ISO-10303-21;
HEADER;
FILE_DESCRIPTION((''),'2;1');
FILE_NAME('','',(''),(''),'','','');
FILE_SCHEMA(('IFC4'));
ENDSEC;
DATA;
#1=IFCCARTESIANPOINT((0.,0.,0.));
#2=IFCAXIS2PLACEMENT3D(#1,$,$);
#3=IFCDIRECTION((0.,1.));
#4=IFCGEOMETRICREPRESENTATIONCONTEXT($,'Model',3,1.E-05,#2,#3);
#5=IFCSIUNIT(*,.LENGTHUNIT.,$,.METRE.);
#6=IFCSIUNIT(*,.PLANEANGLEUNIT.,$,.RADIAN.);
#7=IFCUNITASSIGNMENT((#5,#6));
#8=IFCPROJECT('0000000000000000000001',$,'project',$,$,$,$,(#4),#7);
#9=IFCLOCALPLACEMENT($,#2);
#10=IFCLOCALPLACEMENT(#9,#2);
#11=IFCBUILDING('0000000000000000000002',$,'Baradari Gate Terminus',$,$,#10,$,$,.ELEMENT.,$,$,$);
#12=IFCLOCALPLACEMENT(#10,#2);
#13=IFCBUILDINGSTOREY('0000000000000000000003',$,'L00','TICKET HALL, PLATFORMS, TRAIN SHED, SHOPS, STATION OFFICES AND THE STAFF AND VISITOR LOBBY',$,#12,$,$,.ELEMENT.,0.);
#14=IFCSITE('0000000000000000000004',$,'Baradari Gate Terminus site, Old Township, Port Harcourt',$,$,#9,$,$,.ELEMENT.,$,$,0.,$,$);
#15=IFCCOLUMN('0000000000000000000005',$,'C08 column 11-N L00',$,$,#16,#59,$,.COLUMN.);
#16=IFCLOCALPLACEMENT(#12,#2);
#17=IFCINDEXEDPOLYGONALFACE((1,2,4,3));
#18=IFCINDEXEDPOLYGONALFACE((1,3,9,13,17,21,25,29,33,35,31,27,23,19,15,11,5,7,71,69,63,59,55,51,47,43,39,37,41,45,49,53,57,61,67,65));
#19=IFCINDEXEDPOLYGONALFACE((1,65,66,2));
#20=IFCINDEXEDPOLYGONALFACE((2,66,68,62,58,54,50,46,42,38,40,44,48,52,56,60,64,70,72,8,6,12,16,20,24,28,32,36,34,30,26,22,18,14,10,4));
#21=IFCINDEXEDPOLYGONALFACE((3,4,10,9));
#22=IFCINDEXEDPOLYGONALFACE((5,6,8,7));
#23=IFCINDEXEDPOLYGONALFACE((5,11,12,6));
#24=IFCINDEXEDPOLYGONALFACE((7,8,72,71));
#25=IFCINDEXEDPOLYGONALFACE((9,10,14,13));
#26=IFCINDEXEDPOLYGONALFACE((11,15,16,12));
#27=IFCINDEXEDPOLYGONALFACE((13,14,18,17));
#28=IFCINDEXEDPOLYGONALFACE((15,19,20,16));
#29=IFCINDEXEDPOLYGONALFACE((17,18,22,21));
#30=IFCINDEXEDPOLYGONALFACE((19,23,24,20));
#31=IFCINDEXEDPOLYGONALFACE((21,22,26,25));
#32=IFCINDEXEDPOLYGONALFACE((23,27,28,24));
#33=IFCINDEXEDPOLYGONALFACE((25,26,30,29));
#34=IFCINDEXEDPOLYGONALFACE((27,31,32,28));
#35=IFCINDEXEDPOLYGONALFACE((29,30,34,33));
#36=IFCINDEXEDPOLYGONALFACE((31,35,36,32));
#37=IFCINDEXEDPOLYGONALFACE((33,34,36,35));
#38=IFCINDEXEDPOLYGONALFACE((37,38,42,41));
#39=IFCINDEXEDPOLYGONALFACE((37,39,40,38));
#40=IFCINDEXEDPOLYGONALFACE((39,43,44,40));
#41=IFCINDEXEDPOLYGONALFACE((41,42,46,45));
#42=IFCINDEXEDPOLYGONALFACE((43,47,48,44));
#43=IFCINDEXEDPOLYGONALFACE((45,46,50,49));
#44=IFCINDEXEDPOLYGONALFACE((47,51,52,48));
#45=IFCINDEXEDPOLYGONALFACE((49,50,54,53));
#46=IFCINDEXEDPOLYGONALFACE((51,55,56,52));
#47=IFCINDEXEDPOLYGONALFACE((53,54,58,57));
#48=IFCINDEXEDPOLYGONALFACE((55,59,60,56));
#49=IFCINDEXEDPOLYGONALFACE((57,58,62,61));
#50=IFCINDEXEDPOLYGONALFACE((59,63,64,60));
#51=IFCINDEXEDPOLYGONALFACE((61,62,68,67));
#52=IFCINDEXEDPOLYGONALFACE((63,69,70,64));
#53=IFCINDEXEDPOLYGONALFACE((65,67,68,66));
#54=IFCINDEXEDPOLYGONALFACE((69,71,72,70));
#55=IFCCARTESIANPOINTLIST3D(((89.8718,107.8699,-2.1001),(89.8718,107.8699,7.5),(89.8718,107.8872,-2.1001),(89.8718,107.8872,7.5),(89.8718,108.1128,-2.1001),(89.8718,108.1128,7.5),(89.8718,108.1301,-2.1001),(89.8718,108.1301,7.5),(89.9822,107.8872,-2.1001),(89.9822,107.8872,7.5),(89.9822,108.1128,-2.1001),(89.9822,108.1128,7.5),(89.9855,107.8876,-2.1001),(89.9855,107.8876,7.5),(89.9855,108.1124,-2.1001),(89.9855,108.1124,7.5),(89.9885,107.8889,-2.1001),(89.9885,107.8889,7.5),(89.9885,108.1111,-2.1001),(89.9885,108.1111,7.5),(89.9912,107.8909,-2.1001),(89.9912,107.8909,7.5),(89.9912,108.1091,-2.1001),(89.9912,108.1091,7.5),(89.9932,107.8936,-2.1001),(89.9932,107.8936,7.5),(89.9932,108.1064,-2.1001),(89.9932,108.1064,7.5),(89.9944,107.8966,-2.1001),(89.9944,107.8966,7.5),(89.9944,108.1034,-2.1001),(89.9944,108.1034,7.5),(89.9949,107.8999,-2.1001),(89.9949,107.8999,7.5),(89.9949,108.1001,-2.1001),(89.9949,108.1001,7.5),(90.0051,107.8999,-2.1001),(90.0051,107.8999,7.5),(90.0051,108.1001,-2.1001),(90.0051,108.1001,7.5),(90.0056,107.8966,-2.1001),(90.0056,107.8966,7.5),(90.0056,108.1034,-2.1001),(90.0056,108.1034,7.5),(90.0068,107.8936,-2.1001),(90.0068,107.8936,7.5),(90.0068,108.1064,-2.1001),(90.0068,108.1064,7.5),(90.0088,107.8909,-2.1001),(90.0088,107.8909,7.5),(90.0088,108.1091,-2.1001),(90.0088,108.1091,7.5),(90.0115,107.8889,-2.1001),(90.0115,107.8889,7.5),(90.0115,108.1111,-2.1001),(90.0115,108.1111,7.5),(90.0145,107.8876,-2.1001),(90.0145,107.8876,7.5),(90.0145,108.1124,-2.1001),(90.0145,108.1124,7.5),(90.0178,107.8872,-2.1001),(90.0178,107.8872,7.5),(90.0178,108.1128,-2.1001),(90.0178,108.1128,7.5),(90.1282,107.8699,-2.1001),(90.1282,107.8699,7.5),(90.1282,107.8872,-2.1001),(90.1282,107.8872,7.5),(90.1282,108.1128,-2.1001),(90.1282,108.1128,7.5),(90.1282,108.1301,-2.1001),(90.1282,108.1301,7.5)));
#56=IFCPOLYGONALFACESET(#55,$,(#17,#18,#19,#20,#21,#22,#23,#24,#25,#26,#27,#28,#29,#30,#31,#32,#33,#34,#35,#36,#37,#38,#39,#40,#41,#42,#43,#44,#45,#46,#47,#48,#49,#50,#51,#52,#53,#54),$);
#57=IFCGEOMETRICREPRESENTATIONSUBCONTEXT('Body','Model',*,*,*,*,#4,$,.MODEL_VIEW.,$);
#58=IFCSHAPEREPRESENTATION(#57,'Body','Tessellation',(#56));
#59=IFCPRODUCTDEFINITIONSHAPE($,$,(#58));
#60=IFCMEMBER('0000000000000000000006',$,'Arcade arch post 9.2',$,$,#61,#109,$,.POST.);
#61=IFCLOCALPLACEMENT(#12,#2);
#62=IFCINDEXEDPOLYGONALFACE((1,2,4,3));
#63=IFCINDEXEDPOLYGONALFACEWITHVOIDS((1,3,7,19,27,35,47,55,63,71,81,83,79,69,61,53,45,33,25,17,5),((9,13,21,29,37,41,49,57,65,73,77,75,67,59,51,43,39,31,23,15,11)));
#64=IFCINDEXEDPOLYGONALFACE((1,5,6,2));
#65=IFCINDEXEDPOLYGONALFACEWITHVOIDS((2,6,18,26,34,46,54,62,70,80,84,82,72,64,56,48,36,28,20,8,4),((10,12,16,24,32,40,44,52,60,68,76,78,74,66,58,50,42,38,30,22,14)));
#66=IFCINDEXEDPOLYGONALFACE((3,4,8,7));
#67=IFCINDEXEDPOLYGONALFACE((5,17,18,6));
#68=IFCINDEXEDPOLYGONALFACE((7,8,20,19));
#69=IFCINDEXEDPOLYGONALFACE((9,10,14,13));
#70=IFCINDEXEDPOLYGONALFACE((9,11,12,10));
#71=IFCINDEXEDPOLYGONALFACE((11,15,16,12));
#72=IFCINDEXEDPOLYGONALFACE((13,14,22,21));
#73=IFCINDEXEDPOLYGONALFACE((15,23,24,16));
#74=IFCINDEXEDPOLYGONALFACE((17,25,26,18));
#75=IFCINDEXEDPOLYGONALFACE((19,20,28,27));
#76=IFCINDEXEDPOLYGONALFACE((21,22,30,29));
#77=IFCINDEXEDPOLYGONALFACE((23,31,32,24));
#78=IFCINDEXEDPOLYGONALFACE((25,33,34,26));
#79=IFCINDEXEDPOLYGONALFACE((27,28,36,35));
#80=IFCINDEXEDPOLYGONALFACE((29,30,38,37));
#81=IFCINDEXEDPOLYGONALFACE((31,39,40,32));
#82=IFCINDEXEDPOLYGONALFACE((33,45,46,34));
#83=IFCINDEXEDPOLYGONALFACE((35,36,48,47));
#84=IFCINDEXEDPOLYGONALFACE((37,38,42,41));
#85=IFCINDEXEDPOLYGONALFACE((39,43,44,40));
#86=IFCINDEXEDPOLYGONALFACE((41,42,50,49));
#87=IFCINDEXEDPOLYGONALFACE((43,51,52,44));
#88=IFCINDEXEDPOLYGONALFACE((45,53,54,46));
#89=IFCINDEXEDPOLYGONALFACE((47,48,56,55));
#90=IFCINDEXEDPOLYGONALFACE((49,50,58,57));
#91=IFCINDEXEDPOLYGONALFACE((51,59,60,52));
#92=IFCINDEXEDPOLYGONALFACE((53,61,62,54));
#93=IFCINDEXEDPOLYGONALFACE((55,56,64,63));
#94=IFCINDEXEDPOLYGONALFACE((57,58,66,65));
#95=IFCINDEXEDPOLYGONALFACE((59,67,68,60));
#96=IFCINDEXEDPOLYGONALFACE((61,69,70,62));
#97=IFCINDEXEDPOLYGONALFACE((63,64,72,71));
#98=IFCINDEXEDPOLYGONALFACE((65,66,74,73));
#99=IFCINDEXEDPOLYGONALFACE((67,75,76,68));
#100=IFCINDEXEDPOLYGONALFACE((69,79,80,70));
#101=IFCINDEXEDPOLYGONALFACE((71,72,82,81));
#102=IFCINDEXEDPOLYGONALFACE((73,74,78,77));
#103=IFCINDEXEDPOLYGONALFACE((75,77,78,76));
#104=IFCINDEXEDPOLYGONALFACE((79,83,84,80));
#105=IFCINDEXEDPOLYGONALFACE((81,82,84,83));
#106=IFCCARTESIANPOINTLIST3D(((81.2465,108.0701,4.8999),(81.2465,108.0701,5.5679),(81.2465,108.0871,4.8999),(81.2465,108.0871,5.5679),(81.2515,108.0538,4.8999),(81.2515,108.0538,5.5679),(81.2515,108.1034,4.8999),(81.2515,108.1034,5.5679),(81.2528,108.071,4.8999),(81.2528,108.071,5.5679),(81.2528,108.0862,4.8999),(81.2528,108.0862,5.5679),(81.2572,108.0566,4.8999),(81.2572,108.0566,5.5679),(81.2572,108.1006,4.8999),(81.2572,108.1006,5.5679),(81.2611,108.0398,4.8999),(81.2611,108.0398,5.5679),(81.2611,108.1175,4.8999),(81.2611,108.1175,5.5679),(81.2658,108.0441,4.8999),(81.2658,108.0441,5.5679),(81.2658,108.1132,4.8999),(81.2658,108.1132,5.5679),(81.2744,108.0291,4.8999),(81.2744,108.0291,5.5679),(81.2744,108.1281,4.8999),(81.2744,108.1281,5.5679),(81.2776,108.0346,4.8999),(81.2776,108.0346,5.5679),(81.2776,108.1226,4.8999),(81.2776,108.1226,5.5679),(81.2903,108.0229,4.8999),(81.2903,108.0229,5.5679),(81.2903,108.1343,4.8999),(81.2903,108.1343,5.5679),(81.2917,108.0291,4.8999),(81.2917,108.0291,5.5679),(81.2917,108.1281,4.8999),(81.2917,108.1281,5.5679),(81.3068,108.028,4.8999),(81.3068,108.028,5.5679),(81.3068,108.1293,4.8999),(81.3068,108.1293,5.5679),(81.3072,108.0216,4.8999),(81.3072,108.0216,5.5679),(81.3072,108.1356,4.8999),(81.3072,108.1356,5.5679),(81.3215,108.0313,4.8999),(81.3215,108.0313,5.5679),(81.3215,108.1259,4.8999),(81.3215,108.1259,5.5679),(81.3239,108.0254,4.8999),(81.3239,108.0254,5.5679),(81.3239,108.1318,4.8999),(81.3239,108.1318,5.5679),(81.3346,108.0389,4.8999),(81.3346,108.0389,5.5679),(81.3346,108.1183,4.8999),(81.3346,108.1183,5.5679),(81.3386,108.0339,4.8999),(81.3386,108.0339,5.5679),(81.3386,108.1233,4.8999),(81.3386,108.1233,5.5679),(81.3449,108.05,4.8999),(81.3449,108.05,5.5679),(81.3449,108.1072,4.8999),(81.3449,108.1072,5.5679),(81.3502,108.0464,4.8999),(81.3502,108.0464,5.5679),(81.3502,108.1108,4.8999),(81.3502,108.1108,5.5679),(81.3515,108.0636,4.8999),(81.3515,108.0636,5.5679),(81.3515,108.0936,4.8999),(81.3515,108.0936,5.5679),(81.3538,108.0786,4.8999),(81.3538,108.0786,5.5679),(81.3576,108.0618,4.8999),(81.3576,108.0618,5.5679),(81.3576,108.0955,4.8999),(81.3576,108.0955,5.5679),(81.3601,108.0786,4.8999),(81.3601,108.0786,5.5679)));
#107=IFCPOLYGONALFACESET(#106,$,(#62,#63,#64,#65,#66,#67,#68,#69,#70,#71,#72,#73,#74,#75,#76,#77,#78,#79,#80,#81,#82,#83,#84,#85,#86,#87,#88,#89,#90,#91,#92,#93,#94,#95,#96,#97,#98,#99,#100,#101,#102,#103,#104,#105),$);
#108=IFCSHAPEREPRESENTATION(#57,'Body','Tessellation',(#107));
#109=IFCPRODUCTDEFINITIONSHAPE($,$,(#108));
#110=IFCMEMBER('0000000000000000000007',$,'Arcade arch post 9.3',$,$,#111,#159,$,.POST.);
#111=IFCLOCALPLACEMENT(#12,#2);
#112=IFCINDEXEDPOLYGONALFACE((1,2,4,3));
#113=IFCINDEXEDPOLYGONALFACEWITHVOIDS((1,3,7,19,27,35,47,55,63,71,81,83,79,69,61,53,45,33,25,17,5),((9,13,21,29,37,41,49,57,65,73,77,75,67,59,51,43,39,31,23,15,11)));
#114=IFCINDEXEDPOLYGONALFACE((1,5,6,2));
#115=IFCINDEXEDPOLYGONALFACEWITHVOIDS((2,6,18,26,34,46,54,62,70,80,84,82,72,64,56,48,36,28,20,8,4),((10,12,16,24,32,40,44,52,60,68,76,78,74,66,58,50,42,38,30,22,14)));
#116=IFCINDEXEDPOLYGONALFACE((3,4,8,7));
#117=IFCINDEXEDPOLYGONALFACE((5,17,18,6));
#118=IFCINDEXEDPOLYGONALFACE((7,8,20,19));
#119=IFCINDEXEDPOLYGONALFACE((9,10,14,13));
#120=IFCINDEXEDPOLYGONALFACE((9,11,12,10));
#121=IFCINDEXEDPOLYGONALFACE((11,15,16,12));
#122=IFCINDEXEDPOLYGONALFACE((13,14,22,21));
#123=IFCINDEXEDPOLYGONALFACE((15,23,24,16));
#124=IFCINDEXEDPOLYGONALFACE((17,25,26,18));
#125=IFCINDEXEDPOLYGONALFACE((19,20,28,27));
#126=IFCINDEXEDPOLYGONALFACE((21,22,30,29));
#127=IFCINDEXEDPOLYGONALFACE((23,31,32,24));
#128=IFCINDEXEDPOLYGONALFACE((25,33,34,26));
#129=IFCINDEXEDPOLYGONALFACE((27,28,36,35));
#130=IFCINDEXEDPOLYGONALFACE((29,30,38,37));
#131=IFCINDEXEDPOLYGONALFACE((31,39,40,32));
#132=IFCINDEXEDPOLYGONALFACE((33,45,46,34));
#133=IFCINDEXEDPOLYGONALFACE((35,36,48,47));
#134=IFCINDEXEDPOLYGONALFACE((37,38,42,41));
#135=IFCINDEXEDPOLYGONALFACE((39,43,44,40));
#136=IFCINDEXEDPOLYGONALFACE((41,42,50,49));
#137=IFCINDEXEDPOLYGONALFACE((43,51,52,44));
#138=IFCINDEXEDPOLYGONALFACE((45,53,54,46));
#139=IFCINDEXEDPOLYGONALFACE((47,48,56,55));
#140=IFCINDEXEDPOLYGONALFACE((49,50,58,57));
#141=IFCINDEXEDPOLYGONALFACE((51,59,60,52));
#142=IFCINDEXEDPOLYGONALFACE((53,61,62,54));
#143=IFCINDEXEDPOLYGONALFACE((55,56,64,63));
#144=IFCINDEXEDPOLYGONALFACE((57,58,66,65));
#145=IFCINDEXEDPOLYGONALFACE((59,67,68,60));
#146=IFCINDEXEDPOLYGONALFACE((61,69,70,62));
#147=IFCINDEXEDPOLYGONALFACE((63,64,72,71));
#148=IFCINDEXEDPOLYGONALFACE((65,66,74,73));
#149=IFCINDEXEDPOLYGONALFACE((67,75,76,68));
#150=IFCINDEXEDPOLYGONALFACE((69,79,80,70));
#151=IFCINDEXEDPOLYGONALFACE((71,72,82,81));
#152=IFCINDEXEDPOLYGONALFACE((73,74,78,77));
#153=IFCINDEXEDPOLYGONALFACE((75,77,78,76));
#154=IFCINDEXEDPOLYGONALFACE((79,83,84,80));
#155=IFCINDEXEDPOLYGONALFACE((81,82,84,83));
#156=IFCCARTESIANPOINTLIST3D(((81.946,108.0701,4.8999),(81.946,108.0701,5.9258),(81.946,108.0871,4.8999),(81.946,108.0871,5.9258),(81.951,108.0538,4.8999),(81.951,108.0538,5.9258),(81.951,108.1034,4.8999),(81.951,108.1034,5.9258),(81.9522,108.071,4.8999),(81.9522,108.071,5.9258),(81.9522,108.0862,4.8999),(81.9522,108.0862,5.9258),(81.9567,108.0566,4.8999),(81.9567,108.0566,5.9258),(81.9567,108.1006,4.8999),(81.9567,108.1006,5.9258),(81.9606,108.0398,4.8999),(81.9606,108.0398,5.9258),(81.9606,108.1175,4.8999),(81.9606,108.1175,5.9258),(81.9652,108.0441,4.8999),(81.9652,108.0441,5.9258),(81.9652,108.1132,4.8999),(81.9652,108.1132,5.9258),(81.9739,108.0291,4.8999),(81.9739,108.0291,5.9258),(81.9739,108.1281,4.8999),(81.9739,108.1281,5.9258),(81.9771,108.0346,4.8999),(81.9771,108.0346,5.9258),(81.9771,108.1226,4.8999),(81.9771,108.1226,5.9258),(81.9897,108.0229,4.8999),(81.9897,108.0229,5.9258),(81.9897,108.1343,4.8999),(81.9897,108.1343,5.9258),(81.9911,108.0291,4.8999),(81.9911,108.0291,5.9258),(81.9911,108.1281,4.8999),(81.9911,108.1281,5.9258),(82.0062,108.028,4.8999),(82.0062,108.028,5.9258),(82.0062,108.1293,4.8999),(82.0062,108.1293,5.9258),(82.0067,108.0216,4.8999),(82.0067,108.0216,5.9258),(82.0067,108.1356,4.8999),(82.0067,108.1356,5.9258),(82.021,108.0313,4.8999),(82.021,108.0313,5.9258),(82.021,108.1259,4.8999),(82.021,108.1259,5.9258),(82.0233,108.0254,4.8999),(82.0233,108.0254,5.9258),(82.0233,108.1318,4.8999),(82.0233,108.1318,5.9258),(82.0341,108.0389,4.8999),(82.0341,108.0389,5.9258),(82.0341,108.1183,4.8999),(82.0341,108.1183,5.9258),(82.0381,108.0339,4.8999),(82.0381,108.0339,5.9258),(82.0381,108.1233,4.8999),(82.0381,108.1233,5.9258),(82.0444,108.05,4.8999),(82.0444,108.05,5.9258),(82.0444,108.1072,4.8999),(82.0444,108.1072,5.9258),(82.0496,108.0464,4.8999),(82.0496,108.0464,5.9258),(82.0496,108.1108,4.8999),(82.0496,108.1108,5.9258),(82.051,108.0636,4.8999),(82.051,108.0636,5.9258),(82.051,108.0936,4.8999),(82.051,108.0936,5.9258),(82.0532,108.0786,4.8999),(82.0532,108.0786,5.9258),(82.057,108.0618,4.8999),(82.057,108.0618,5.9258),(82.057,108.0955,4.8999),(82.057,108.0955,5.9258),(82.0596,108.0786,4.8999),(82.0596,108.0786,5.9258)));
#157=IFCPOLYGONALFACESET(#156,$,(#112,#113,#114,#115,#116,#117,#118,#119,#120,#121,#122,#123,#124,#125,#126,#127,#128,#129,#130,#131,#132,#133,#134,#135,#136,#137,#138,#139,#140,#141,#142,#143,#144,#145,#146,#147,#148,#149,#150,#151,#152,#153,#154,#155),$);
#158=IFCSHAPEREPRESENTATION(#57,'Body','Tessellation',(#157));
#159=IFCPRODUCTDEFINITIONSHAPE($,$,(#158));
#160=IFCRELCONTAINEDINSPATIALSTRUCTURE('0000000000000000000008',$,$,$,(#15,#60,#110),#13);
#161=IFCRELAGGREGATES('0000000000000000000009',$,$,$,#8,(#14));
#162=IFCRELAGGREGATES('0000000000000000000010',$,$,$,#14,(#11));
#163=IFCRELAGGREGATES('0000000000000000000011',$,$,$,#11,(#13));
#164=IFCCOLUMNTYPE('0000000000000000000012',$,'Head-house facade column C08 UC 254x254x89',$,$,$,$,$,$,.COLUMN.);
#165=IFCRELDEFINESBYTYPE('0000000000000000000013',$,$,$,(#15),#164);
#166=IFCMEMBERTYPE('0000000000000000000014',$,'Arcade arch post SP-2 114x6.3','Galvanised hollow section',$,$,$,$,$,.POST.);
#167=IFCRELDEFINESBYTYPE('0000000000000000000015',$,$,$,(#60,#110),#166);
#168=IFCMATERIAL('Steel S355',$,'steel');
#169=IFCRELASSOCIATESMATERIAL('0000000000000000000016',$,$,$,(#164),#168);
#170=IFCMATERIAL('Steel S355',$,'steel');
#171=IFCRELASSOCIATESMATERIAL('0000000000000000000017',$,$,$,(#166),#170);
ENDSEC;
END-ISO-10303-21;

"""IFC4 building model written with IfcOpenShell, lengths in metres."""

from ifc_helpers import new_model, si_unit, direction, frame, origin, origin_2d, place, context, subcontext, project, spatial, hollow_circle, i_section, extrude, material, material_profile, profile_set, type_object, element, save


model = new_model("IFC4")

# Units and contexts
model_context = context("Model", 3, precision=1e-05, world=origin(), true_north=direction((0.0, 1.0)))
body_context = subcontext(model_context, "Body", "Model", "MODEL_VIEW")
ifc_project = project(units=[si_unit("LENGTHUNIT", "METRE"), si_unit("PLANEANGLEUNIT", "RADIAN")], contexts=[model_context])

# Site, building, storey
site_placement = place(None, origin())
site = spatial("IfcSite", under=ifc_project, at=site_placement, Name="Baradari Gate Terminus site, Old Township, Port Harcourt", CompositionType="ELEMENT", RefElevation=0.0)
building_placement = place(site_placement, origin())
building = spatial("IfcBuilding", under=site, at=building_placement, Name="Baradari Gate Terminus", CompositionType="ELEMENT")
storey_placement = place(building_placement, origin())
storey = spatial("IfcBuildingStorey", under=building, at=storey_placement, Name="L00", Description="TICKET HALL, PLATFORMS, TRAIN SHED, SHOPS, STATION OFFICES AND THE STAFF AND VISITOR LOBBY", CompositionType="ELEMENT", Elevation=0.0)

# Column
ifc_material_1 = material(Name="Steel S355", Category="steel")
ifc_material_profile_1 = material_profile(ifc_material_1, i_section(OverallWidth=0.2563, OverallDepth=0.2603, WebThickness=0.0103, FlangeThickness=0.0173, FilletRadius=0.0127, at=origin_2d()), Name="UC 254x254x89")
ifc_profile_set_1 = profile_set([ifc_material_profile_1], Name="Steel S355")
column_type = type_object("IfcColumnType", Name="Head-house facade column C08 UC 254x254x89", PredefinedType="COLUMN", material=ifc_profile_set_1)
for number, where, z_axis, x_axis, name in (
    (1, (90.0, 108.0, -2.1001), (0.0, 0.0, 1.0), (1.0, 0.0, 0.0), "C08 column 11-N L00"),
):
    element("IfcColumn", number, at=place(storey_placement, frame(where, z_axis=z_axis, x_axis=x_axis)), inside=storey, type_object=column_type, Name=name, PredefinedType="COLUMN", context=body_context, shape_type="SweptSolid", body=[
        extrude(i_section(OverallWidth=0.2563, OverallDepth=0.2603, WebThickness=0.0103, FlangeThickness=0.0173, FilletRadius=0.0127, at=origin_2d()), origin(), (0.0, 0.0, 1.0), 9.6001),
    ])

# Members
ifc_material_2 = material(Name="Steel S355", Category="steel")
ifc_material_profile_2 = material_profile(ifc_material_2, hollow_circle(Radius=0.0571, WallThickness=0.0063, at=origin_2d()), Name="CHS 114.3x6.3")
ifc_profile_set_2 = profile_set([ifc_material_profile_2], Name="Steel S355")
member_type = type_object("IfcMemberType", Name="Arcade arch post SP-2 114x6.3", Description="Galvanised hollow section", PredefinedType="POST", material=ifc_profile_set_2)
member_1_placement = place(storey_placement, frame((81.303, 108.0786, 4.8999), z_axis=(0.0, 0.0, 1.0), x_axis=(1.0, 0.0, 0.0)))
element("IfcMember", 2, at=member_1_placement, inside=storey, type_object=member_type, Name="Arcade arch post 9.2", PredefinedType="POST", context=body_context, shape_type="SweptSolid", body=[
    extrude(hollow_circle(Radius=0.0571, WallThickness=0.0063, at=origin_2d()), origin(), (0.0, 0.0, 1.0), 0.668),
])
member_2_placement = place(storey_placement, frame((82.0024, 108.0786, 4.8999), z_axis=(0.0, 0.0, 1.0), x_axis=(1.0, 0.0, 0.0)))
element("IfcMember", 3, at=member_2_placement, inside=storey, type_object=member_type, Name="Arcade arch post 9.3", PredefinedType="POST", context=body_context, shape_type="SweptSolid", body=[
    extrude(hollow_circle(Radius=0.0571, WallThickness=0.0063, at=origin_2d()), origin(), (0.0, 0.0, 1.0), 1.0259),
])

save(model, "model.ifc")
